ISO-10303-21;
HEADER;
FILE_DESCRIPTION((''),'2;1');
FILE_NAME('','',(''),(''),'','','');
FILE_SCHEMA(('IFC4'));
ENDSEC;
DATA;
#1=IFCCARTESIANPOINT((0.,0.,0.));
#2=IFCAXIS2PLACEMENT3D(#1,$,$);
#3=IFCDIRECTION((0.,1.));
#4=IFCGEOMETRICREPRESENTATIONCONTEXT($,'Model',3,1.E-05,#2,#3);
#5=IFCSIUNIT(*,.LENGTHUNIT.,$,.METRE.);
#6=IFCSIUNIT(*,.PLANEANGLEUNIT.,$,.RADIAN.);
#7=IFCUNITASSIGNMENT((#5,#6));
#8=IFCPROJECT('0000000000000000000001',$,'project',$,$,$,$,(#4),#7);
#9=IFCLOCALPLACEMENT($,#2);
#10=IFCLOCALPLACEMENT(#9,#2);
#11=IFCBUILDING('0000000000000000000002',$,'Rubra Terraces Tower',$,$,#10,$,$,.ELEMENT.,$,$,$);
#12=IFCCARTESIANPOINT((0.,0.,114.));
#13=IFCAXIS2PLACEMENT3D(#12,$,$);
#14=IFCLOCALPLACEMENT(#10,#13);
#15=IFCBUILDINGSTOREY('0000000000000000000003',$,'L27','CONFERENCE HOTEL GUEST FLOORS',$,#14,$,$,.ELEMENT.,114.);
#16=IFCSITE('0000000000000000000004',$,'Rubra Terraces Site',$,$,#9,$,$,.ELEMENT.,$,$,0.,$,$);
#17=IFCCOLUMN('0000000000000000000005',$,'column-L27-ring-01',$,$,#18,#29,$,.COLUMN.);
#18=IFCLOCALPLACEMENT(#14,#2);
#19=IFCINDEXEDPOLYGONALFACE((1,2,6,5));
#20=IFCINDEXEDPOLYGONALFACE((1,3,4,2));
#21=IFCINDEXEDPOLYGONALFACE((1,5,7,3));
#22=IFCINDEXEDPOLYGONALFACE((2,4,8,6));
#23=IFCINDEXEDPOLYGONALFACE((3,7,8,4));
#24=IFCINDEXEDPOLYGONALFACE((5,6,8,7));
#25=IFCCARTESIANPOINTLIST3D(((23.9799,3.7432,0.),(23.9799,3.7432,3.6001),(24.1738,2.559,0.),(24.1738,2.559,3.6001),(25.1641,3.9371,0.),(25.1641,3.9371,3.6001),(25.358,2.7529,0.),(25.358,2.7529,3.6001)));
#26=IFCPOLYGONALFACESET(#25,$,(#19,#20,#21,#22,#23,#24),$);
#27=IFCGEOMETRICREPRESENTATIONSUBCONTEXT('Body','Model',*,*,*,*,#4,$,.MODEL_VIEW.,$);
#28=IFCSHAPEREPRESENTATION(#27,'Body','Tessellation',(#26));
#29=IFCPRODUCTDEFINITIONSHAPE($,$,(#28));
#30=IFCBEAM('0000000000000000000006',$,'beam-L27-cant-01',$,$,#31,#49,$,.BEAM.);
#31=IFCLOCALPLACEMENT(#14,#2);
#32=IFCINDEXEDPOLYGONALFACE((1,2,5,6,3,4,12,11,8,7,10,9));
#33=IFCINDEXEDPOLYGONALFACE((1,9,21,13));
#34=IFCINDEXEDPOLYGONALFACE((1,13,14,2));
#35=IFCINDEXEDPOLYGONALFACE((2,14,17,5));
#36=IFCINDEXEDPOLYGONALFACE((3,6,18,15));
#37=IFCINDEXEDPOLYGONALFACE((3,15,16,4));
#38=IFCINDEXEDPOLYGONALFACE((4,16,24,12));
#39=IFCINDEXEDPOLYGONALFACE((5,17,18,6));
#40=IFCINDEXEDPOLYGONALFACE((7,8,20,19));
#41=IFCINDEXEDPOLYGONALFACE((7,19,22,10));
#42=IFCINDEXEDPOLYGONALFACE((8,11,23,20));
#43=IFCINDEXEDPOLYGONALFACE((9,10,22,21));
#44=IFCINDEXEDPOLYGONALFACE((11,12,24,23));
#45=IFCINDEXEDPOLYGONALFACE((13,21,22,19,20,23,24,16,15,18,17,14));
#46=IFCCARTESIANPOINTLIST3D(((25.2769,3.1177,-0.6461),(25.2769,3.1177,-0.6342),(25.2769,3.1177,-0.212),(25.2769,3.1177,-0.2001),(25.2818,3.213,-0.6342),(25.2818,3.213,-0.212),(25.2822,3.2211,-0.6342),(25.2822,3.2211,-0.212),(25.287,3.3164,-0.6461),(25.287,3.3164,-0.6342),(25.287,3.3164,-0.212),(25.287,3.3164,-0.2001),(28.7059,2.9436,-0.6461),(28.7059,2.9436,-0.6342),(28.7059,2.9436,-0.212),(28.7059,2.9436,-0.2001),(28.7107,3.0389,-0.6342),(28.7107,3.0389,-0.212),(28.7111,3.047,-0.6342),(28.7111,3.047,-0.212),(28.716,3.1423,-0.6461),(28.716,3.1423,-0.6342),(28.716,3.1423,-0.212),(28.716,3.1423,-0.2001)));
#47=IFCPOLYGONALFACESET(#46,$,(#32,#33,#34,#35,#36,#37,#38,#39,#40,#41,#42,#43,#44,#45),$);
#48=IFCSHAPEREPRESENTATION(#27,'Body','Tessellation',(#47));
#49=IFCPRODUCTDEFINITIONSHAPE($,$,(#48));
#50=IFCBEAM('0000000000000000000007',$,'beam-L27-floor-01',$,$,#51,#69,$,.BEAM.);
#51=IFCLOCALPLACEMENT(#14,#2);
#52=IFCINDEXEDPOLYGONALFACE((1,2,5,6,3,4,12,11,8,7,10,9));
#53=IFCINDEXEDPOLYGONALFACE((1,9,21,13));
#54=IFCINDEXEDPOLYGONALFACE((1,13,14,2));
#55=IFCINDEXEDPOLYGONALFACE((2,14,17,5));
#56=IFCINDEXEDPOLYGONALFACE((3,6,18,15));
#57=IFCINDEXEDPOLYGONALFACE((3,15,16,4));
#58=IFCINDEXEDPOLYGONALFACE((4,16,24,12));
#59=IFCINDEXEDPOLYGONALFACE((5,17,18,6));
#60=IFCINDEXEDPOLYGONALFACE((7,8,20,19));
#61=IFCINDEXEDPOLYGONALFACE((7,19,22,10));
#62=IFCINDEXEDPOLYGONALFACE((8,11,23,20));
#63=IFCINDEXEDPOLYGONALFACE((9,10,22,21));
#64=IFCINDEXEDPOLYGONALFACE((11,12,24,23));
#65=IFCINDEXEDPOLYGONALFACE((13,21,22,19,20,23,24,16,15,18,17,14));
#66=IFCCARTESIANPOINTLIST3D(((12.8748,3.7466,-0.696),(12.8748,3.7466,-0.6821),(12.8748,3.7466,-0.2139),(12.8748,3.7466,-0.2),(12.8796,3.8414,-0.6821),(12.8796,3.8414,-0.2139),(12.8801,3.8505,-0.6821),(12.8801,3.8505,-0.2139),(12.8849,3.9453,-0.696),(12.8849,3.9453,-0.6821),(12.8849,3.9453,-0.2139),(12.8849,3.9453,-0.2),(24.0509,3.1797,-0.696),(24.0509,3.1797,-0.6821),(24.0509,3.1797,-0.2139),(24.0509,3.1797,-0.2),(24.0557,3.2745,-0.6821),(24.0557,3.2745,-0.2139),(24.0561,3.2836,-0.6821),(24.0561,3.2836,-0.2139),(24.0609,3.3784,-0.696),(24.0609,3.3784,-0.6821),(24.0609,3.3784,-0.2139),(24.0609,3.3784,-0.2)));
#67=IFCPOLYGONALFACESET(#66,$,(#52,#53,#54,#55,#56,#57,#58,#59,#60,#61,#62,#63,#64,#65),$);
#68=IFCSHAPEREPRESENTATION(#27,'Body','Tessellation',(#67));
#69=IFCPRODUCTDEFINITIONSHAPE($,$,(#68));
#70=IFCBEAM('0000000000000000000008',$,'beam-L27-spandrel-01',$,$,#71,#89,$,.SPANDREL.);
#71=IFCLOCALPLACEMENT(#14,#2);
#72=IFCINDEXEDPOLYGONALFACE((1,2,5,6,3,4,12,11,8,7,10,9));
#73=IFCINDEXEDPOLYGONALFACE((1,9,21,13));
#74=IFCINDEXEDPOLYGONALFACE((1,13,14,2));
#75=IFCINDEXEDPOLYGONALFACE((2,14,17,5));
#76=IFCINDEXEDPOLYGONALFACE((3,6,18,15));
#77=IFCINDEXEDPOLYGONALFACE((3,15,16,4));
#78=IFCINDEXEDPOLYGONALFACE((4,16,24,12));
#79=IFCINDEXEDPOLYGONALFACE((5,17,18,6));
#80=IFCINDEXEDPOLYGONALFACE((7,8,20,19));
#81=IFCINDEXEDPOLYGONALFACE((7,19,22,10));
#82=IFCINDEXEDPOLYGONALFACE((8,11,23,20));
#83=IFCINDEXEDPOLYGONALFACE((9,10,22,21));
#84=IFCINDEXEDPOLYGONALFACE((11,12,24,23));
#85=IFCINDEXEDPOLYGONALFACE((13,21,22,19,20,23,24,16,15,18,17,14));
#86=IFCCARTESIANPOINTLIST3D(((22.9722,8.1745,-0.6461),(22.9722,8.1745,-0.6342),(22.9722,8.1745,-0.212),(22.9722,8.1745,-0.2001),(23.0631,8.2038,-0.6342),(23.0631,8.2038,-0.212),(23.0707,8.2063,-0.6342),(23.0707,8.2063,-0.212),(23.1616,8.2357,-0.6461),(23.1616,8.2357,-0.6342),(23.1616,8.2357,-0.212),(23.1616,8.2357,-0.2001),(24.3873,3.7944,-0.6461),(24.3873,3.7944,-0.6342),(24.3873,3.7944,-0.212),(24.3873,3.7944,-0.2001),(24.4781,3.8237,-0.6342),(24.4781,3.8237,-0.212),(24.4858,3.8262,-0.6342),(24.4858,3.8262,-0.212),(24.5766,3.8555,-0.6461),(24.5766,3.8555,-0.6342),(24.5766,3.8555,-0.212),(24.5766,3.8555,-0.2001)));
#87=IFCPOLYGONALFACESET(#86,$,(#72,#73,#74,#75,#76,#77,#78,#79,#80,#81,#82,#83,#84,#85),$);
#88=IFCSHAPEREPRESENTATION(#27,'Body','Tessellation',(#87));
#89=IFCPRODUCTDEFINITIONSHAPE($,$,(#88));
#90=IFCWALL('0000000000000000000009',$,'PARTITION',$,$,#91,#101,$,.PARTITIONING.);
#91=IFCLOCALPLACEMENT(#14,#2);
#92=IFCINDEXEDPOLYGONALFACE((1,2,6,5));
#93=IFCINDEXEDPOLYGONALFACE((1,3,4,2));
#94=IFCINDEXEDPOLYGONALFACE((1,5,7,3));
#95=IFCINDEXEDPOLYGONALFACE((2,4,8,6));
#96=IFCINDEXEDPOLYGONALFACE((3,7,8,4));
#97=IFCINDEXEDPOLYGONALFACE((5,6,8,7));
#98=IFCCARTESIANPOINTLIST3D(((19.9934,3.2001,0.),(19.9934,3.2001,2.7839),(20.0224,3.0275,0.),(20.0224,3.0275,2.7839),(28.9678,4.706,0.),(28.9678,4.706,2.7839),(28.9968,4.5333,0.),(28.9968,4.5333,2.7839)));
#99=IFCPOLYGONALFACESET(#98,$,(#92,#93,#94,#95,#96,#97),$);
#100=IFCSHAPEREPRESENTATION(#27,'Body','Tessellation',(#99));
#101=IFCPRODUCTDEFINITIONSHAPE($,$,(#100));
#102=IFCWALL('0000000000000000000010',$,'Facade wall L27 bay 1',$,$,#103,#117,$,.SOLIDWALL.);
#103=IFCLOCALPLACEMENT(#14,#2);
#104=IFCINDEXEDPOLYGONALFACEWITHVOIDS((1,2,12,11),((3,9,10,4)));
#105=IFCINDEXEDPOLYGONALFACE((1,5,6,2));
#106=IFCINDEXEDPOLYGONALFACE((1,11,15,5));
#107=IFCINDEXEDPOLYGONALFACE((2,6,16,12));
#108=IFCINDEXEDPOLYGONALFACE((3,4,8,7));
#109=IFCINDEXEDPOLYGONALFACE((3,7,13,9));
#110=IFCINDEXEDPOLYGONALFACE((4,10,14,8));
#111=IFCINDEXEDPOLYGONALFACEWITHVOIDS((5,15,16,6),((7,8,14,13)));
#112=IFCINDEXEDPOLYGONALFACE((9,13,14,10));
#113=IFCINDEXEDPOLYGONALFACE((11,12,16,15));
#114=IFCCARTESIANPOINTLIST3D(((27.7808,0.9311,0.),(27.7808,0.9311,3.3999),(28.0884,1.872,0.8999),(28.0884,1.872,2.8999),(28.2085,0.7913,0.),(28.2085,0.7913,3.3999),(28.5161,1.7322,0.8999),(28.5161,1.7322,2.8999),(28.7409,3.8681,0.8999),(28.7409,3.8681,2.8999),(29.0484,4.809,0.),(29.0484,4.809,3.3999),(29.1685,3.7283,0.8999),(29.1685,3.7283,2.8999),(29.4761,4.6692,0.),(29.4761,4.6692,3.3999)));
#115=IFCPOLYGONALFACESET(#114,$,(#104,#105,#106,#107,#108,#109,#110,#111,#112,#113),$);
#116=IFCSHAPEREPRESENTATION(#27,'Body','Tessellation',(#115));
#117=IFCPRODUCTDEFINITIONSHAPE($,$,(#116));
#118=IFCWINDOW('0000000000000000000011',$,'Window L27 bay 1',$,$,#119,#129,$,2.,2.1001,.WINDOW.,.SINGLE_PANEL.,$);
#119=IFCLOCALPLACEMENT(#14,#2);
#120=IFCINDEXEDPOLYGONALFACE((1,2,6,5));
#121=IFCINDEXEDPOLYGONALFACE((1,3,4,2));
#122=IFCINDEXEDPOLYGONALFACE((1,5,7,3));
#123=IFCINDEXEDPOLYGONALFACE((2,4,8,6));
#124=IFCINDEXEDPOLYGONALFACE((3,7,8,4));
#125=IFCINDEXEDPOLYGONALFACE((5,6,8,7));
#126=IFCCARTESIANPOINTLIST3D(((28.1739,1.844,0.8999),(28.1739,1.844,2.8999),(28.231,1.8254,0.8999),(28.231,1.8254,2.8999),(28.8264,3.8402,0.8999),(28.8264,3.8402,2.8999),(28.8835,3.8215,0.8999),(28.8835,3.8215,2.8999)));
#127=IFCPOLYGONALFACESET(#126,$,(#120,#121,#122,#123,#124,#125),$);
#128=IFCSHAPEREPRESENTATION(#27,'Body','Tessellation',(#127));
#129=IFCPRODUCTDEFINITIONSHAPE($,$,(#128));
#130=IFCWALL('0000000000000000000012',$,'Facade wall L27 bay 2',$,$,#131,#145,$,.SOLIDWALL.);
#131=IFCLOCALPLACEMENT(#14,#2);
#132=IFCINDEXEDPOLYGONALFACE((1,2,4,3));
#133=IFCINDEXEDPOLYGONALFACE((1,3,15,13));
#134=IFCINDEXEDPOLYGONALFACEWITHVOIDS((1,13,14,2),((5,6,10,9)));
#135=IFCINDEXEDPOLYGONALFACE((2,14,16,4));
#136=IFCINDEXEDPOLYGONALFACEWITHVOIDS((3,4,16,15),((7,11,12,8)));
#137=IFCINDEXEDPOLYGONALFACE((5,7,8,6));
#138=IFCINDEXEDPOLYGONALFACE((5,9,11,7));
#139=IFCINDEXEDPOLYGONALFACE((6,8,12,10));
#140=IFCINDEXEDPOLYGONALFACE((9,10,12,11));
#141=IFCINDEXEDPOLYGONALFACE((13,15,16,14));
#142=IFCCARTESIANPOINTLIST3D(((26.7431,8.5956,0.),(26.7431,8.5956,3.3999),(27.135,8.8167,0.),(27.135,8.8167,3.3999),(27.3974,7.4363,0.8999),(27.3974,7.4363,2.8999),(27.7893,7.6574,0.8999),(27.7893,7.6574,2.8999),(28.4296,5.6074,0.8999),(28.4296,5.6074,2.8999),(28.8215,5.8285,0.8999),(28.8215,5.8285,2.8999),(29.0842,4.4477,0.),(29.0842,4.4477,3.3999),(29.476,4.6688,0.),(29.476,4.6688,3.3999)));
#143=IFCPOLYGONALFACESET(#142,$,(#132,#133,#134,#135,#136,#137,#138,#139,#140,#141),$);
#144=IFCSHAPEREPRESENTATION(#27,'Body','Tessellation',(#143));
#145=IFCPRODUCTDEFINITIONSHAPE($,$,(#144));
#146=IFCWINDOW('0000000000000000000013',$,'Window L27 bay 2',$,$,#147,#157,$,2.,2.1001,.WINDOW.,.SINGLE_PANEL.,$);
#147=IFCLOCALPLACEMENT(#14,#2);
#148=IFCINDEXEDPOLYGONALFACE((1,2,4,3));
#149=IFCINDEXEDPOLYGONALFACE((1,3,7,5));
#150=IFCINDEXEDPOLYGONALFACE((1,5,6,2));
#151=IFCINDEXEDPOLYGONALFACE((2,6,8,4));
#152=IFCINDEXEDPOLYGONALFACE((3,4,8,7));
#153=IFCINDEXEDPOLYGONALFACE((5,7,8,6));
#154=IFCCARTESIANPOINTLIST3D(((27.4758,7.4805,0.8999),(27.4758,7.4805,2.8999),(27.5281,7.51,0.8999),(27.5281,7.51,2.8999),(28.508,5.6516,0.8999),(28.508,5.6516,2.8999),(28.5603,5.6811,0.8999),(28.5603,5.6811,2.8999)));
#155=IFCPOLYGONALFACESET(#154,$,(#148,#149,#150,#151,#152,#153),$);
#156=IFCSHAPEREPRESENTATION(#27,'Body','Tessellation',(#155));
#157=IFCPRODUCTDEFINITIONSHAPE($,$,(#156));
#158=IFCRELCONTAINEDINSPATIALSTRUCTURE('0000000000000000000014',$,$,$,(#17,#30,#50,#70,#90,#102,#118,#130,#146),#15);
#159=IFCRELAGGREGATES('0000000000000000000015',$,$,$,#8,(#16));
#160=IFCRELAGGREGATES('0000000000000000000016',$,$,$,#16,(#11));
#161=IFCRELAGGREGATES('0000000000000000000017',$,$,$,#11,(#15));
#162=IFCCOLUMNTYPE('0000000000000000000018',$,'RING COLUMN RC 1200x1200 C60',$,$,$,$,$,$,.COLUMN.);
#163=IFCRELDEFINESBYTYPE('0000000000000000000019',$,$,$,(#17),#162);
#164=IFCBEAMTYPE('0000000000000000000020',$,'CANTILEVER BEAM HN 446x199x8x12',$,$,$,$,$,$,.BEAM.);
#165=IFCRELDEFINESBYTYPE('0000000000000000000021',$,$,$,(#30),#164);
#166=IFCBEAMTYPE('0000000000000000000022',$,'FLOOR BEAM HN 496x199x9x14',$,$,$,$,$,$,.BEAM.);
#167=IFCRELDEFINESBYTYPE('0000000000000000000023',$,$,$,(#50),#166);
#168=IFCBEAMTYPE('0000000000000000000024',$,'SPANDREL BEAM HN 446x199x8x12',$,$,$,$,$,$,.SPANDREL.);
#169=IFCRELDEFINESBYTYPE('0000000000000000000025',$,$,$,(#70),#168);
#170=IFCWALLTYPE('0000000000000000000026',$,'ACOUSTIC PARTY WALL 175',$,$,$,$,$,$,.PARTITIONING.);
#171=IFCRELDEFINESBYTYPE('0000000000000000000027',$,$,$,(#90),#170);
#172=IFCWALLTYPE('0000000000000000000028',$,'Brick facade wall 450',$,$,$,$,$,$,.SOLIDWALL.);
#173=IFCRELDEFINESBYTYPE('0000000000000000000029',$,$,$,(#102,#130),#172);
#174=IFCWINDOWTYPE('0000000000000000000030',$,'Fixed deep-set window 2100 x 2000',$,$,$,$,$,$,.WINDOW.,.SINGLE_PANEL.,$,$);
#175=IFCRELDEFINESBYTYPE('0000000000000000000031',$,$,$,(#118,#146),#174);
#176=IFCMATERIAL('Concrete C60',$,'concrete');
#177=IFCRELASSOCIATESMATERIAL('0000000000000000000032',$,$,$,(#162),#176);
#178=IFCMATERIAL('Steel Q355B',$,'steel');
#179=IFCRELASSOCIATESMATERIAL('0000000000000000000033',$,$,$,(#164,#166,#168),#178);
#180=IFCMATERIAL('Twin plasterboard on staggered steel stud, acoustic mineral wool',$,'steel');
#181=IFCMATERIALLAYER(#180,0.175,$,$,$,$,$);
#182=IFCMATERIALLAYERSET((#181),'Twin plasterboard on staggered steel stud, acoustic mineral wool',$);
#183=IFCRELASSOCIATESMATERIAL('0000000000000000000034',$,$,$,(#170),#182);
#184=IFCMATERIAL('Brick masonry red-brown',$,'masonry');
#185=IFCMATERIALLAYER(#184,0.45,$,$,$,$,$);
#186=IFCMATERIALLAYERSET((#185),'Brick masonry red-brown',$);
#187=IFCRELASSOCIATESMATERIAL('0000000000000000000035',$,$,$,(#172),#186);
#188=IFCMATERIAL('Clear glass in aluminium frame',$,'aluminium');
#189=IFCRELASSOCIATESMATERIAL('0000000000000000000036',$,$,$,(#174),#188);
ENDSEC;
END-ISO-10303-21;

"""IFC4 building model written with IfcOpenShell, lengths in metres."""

from ifc_helpers import new_model, si_unit, direction, frame, frame_2d, origin, origin_2d, place, context, subcontext, project, spatial, rectangle, i_section, extrude, material, layer, layer_set, material_profile, profile_set, type_object, element, fill, save


model = new_model("IFC4")

# Units and contexts
model_context = context("Model", 3, precision=1e-05, world=origin(), true_north=direction((0.0, 1.0)))
body_context = subcontext(model_context, "Body", "Model", "MODEL_VIEW")
ifc_project = project(units=[si_unit("LENGTHUNIT", "METRE"), si_unit("PLANEANGLEUNIT", "RADIAN")], contexts=[model_context])

# Site, building, storey
site_placement = place(None, origin())
site = spatial("IfcSite", under=ifc_project, at=site_placement, Name="Rubra Terraces Site", CompositionType="ELEMENT", RefElevation=0.0)
building_placement = place(site_placement, origin())
building = spatial("IfcBuilding", under=site, at=building_placement, Name="Rubra Terraces Tower", CompositionType="ELEMENT")
storey_placement = place(building_placement, frame((0.0, 0.0, 114.0)))
storey = spatial("IfcBuildingStorey", under=building, at=storey_placement, Name="L27", Description="CONFERENCE HOTEL GUEST FLOORS", CompositionType="ELEMENT", Elevation=114.0)

# Column
ifc_material_1 = material(Name="Concrete C60", Category="concrete")
ifc_material_profile_1 = material_profile(ifc_material_1, rectangle(XDim=1.2, YDim=1.2, at=origin_2d()), Name="RC 1200x1200")
ifc_profile_set_1 = profile_set([ifc_material_profile_1], Name="Concrete C60")
column_type = type_object("IfcColumnType", Name="RING COLUMN RC 1200x1200 C60", PredefinedType="COLUMN", material=ifc_profile_set_1)
column_placement = place(storey_placement, frame((24.6689, 3.248, 0.0), z_axis=(0.0, 0.0, 1.0), x_axis=(-0.161559, 0.986863, 0.0)))
element("IfcColumn", 1, at=column_placement, inside=storey, type_object=column_type, Name="column-L27-ring-01", PredefinedType="COLUMN", context=body_context, shape_type="SweptSolid", body=[
    extrude(rectangle(XDim=1.2, YDim=1.2, at=origin_2d()), origin(), (0.0, 0.0, 1.0), 3.6001),
])

# Beams
ifc_material_2 = material(Name="Steel Q355B", Category="steel")
ifc_material_profile_2 = material_profile(ifc_material_2, i_section(OverallWidth=0.199, OverallDepth=0.446, WebThickness=0.0081, FlangeThickness=0.012, at=origin_2d()), Name="HN 446x199x8x12")
ifc_profile_set_2 = profile_set([ifc_material_profile_2], Name="Steel Q355B")
beam_type_1 = type_object("IfcBeamType", Name="CANTILEVER BEAM HN 446x199x8x12", PredefinedType="BEAM", material=ifc_profile_set_2)
beam_1_placement = place(storey_placement, frame((25.282, 3.217, -0.4231), z_axis=(0.998714, -0.0507, 0.0), x_axis=(0.0507, 0.998714, 0.0)))
element("IfcBeam", 2, at=beam_1_placement, inside=storey, type_object=beam_type_1, Name="beam-L27-cant-01", PredefinedType="BEAM", context=body_context, shape_type="SweptSolid", body=[
    extrude(i_section(OverallWidth=0.199, OverallDepth=0.446, WebThickness=0.0081, FlangeThickness=0.012, at=origin_2d()), origin(), (0.0, 0.0, 1.0), 3.4333),
])
ifc_material_profile_3 = material_profile(ifc_material_2, i_section(OverallWidth=0.199, OverallDepth=0.4961, WebThickness=0.009, FlangeThickness=0.0139, at=origin_2d()), Name="HN 496x199x9x14")
ifc_profile_set_3 = profile_set([ifc_material_profile_3], Name="Steel Q355B")
beam_type_2 = type_object("IfcBeamType", Name="FLOOR BEAM HN 496x199x9x14", PredefinedType="BEAM", material=ifc_profile_set_3)
beam_2_placement = place(storey_placement, frame((24.0559, 3.2791, -0.448), z_axis=(-0.998716, 0.050659, 0.0), x_axis=(-0.050659, -0.998716, 0.0)))
element("IfcBeam", 3, at=beam_2_placement, inside=storey, type_object=beam_type_2, Name="beam-L27-floor-01", PredefinedType="BEAM", context=body_context, shape_type="SweptSolid", body=[
    extrude(i_section(OverallWidth=0.199, OverallDepth=0.4961, WebThickness=0.009, FlangeThickness=0.0139, at=origin_2d()), origin(), (0.0, 0.0, 1.0), 11.1904),
])
ifc_material_profile_4 = material_profile(ifc_material_2, i_section(OverallWidth=0.199, OverallDepth=0.446, WebThickness=0.0081, FlangeThickness=0.012, at=origin_2d()), Name="HN 446x199x8x12")
ifc_profile_set_4 = profile_set([ifc_material_profile_4], Name="Steel Q355B")
beam_type_3 = type_object("IfcBeamType", Name="SPANDREL BEAM HN 446x199x8x12", PredefinedType="SPANDREL", material=ifc_profile_set_4)
beam_3_placement = place(storey_placement, frame((24.4819, 3.825, -0.4231), z_axis=(-0.307415, 0.951576, 0.0), x_axis=(-0.951576, -0.307415, 0.0)))
element("IfcBeam", 4, at=beam_3_placement, inside=storey, type_object=beam_type_3, Name="beam-L27-spandrel-01", PredefinedType="SPANDREL", context=body_context, shape_type="SweptSolid", body=[
    extrude(i_section(OverallWidth=0.199, OverallDepth=0.446, WebThickness=0.0081, FlangeThickness=0.012, at=origin_2d()), origin(), (0.0, 0.0, 1.0), 4.603),
])

# Wall
ifc_material_3 = material(Name="Twin plasterboard on staggered steel stud, acoustic mineral wool", Category="steel")
ifc_layer_1 = layer(ifc_material_3, 0.175)
ifc_layer_set_1 = layer_set([ifc_layer_1], Name="Twin plasterboard on staggered steel stud, acoustic mineral wool")
wall_type_1 = type_object("IfcWallType", Name="ACOUSTIC PARTY WALL 175", PredefinedType="PARTITIONING", material=ifc_layer_set_1)
wall_1_placement = place(storey_placement, frame((28.9822, 4.6196, 0.0), z_axis=(0.0, 0.0, 1.0), x_axis=(-0.986213, -0.165482, 0.0)))
element("IfcWall", 5, at=wall_1_placement, inside=storey, type_object=wall_type_1, Name="PARTITION", PredefinedType="PARTITIONING", context=body_context, shape_type="SweptSolid", body=[
    extrude(rectangle(XDim=9.0999, YDim=0.175, at=frame_2d((4.5498, 0.0))), origin(), (0.0, 0.0, 1.0), 2.7839),
])

# Walls, openings, windows
ifc_material_4 = material(Name="Brick masonry red-brown", Category="masonry")
ifc_layer_2 = layer(ifc_material_4, 0.45)
ifc_layer_set_2 = layer_set([ifc_layer_2], Name="Brick masonry red-brown")
wall_type_2 = type_object("IfcWallType", Name="Brick facade wall 450", PredefinedType="SOLIDWALL", material=ifc_layer_set_2)
wall_2_placement = place(storey_placement, frame((27.9946, 0.8611, 0.0), z_axis=(0.0, 0.0, 1.0), x_axis=(0.310693, 0.95051, 0.0)))
wall_2 = element("IfcWall", 6, at=wall_2_placement, inside=storey, type_object=wall_type_2, Name="Facade wall L27 bay 1", PredefinedType="SOLIDWALL", context=body_context, shape_type="SweptSolid", body=[
    extrude(rectangle(XDim=4.0798, YDim=0.45, at=frame_2d((2.04, 0.0))), origin(), (0.0, 0.0, 1.0), 3.3999),
])
opening_1_placement = place(wall_2_placement, frame((0.99, 0.0, 0.8999)))
opening_1 = element("IfcOpeningElement", 7, at=opening_1_placement, cuts=wall_2, PredefinedType="OPENING", context=body_context, shape_type="SweptSolid", body=[
    extrude(rectangle(XDim=2.1001, YDim=2.0, at=frame_2d((1.05, 1.0))), frame((0.0, 0.2349, 0.0), z_axis=(0.0, -1.0, 0.0), x_axis=(1.0, 0.0, 0.0)), (0.0, 0.0, 1.0), 0.47),
])
ifc_material_5 = material(Name="Clear glass in aluminium frame", Category="aluminium")
window_type_1 = type_object("IfcWindowType", Name="Fixed deep-set window 2100 x 2000", PartitioningType="SINGLE_PANEL", PredefinedType="WINDOW", material=ifc_material_5)
window_1_placement = place(opening_1_placement, origin())
window_1 = element("IfcWindow", 8, at=window_1_placement, inside=storey, type_object=window_type_1, Name="Window L27 bay 1", OverallHeight=2.0, OverallWidth=2.1001, PartitioningType="SINGLE_PANEL", PredefinedType="WINDOW", context=body_context, shape_type="SweptSolid", body=[
    extrude(rectangle(XDim=2.1001, YDim=2.0, at=frame_2d((1.05, 1.0))), frame((0.0, 0.135, 0.0), z_axis=(0.0, -1.0, 0.0), x_axis=(1.0, 0.0, 0.0)), (0.0, 0.0, 1.0), 0.0601),
])
fill(opening_1, window_1)
wall_3_placement = place(storey_placement, frame((29.28, 4.5583, 0.0), z_axis=(0.0, 0.0, 1.0), x_axis=(-0.491512, 0.870871, 0.0)))
wall_3 = element("IfcWall", 9, at=wall_3_placement, inside=storey, type_object=wall_type_2, Name="Facade wall L27 bay 2", PredefinedType="SOLIDWALL", context=body_context, shape_type="SweptSolid", body=[
    extrude(rectangle(XDim=4.7629, YDim=0.45, at=frame_2d((2.3813, 0.0))), origin(), (0.0, 0.0, 1.0), 3.3999),
])
opening_2_placement = place(wall_3_placement, frame((1.3315, 0.0, 0.8999)))
opening_2 = element("IfcOpeningElement", 10, at=opening_2_placement, cuts=wall_3, PredefinedType="OPENING", context=body_context, shape_type="SweptSolid", body=[
    extrude(rectangle(XDim=2.1001, YDim=2.0, at=frame_2d((1.05, 1.0))), frame((0.0, 0.2349, 0.0), z_axis=(0.0, -1.0, 0.0), x_axis=(1.0, 0.0, 0.0)), (0.0, 0.0, 1.0), 0.47),
])
window_2_placement = place(opening_2_placement, origin())
window_2 = element("IfcWindow", 11, at=window_2_placement, inside=storey, type_object=window_type_1, Name="Window L27 bay 2", OverallHeight=2.0, OverallWidth=2.1001, PartitioningType="SINGLE_PANEL", PredefinedType="WINDOW", context=body_context, shape_type="SweptSolid", body=[
    extrude(rectangle(XDim=2.1001, YDim=2.0, at=frame_2d((1.05, 1.0))), frame((0.0, 0.135, 0.0), z_axis=(0.0, -1.0, 0.0), x_axis=(1.0, 0.0, 0.0)), (0.0, 0.0, 1.0), 0.0601),
])
fill(opening_2, window_2)

save(model, "model.ifc")
